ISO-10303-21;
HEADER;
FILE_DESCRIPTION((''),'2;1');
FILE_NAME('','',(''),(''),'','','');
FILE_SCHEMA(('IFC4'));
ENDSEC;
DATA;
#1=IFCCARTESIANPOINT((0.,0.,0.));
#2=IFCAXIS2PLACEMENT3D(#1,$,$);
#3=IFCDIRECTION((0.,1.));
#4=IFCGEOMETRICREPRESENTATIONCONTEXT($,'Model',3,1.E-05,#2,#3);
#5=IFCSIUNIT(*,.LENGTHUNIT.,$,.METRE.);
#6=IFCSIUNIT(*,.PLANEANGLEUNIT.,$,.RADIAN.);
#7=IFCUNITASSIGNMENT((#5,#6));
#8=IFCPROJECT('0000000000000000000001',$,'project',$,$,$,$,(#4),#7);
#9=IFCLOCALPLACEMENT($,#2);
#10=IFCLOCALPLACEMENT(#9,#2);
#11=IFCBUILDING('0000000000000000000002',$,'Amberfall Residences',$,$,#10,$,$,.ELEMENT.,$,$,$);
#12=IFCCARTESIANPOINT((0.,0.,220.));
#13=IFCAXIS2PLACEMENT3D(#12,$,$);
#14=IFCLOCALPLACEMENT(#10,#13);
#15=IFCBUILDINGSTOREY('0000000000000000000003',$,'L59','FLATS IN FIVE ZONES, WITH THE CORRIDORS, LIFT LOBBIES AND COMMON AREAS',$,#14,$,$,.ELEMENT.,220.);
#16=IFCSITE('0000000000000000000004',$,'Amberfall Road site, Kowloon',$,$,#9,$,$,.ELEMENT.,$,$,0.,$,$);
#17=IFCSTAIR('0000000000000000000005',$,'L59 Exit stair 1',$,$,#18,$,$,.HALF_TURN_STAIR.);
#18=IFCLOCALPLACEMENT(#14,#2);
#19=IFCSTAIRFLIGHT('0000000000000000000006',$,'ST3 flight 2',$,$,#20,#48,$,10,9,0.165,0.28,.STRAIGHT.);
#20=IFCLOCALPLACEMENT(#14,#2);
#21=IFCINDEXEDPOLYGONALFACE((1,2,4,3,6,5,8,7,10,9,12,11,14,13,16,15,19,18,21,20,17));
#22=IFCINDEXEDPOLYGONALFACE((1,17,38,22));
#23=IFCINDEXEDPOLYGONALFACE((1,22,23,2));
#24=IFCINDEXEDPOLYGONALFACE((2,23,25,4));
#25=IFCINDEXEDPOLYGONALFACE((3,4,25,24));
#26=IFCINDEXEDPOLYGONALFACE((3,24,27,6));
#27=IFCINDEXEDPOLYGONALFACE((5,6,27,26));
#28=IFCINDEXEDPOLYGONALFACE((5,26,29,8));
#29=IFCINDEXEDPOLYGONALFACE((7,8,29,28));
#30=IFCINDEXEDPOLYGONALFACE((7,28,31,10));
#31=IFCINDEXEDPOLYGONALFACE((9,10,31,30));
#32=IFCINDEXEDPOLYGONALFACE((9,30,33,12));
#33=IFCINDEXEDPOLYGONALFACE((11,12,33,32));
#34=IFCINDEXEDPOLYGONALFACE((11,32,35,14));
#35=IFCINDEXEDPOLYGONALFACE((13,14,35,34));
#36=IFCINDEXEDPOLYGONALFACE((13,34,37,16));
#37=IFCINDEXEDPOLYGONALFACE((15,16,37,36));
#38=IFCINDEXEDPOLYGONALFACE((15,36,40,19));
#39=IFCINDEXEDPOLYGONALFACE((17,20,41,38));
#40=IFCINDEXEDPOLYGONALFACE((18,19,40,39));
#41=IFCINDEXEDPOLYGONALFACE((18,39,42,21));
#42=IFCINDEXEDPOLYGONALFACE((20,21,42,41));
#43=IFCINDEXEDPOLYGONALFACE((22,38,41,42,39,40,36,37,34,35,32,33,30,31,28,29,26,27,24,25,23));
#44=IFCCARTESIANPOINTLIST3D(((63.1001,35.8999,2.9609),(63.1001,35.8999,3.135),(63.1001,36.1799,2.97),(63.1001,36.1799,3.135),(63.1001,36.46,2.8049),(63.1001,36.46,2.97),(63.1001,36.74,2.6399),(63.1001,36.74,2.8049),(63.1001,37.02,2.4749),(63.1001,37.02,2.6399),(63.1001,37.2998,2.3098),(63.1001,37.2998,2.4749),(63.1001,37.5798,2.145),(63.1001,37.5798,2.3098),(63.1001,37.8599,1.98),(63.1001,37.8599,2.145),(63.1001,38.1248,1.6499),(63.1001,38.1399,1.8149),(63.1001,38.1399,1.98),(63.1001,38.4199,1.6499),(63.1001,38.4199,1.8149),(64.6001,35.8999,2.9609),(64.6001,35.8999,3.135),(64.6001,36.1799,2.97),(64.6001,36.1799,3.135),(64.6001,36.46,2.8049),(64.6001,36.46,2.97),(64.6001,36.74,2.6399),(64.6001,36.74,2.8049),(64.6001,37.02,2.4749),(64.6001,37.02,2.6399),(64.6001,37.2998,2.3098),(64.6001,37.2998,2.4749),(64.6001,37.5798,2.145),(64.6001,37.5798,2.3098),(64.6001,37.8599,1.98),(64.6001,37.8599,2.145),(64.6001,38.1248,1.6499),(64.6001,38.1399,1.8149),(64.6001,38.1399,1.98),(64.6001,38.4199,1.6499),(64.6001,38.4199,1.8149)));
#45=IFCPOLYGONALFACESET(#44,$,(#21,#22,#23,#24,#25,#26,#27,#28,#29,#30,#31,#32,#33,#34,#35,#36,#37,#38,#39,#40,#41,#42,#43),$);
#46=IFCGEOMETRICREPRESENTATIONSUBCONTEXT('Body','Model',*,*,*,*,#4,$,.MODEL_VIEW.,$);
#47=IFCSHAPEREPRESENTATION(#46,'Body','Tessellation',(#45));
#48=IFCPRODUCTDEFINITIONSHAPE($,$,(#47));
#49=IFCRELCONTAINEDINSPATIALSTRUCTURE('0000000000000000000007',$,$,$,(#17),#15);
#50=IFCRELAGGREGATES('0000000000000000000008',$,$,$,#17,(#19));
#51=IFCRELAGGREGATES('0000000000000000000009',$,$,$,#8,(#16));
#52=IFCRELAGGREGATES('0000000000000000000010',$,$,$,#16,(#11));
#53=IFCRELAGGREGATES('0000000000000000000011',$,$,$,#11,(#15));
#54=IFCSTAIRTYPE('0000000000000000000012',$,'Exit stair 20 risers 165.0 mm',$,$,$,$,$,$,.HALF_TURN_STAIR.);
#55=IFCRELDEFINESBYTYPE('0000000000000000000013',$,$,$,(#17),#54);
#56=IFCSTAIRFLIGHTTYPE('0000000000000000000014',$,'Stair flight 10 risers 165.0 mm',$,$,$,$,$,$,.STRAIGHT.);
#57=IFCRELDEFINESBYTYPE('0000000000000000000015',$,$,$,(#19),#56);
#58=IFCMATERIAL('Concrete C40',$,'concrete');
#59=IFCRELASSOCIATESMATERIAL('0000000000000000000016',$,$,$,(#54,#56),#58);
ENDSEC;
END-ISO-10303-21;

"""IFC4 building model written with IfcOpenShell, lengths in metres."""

from ifc_helpers import new_model, si_unit, direction, frame, origin, place, context, subcontext, project, spatial, polyline, outline, extrude, material, type_object, element, aggregate, save


model = new_model("IFC4")

# Units and contexts
model_context = context("Model", 3, precision=1e-05, world=origin(), true_north=direction((0.0, 1.0)))
body_context = subcontext(model_context, "Body", "Model", "MODEL_VIEW")
ifc_project = project(units=[si_unit("LENGTHUNIT", "METRE"), si_unit("PLANEANGLEUNIT", "RADIAN")], contexts=[model_context])

# Site, building, storey
site_placement = place(None, origin())
site = spatial("IfcSite", under=ifc_project, at=site_placement, Name="Amberfall Road site, Kowloon", CompositionType="ELEMENT", RefElevation=0.0)
building_placement = place(site_placement, origin())
building = spatial("IfcBuilding", under=site, at=building_placement, Name="Amberfall Residences", CompositionType="ELEMENT")
storey_placement = place(building_placement, frame((0.0, 0.0, 220.0)))
storey = spatial("IfcBuildingStorey", under=building, at=storey_placement, Name="L59", Description="FLATS IN FIVE ZONES, WITH THE CORRIDORS, LIFT LOBBIES AND COMMON AREAS", CompositionType="ELEMENT", Elevation=220.0)

# Stair, stair flight
ifc_material_1 = material(Name="Concrete C40", Category="concrete")
stair_type = type_object("IfcStairType", Name="Exit stair 20 risers 165.0 mm", PredefinedType="HALF_TURN_STAIR", material=ifc_material_1)
stair_placement = place(storey_placement, origin())
stair = element("IfcStair", 1, at=stair_placement, inside=storey, type_object=stair_type, Name="L59 Exit stair 1", PredefinedType="HALF_TURN_STAIR")
stair_flight_type = type_object("IfcStairFlightType", Name="Stair flight 10 risers 165.0 mm", PredefinedType="STRAIGHT", material=ifc_material_1)
stair_flight_1_placement = place(storey_placement, frame((63.8501, 38.4199, 1.6499), z_axis=(0.0, 0.0, 1.0), x_axis=(0.0, -1.0, 0.0)))
stair_flight_1 = element("IfcStairFlight", 2, at=stair_flight_1_placement, type_object=stair_flight_type, Name="ST3 flight 2", NumberOfRisers=10, NumberOfTreads=9, PredefinedType="STRAIGHT", RiserHeight=0.165, TreadLength=0.28, context=body_context, shape_type="SweptSolid", body=[
    extrude(outline(polyline([(0.0, 0.0), (0.0, 0.165), (0.28, 0.165), (0.28, 0.3301), (0.5601, 0.3301), (0.5601, 0.4951), (0.8401, 0.4951), (0.8401, 0.6599), (1.1201, 0.6599), (1.1201, 0.825), (1.3999, 0.825), (1.3999, 0.99), (1.6799, 0.99), (1.6799, 1.155), (1.96, 1.155), (1.96, 1.3201), (2.24, 1.3201), (2.24, 1.4851), (2.52, 1.4851), (2.52, 1.6499), (2.52, 1.311), (0.2952, 0.0), (0.0, 0.0)])), frame((0.0, 0.75, 0.0), z_axis=(0.0, -1.0, 0.0), x_axis=(1.0, 0.0, 0.0)), (0.0, 0.0, 1.0), 1.5),
])
aggregate(stair, [stair_flight_1])

save(model, "model.ifc")
